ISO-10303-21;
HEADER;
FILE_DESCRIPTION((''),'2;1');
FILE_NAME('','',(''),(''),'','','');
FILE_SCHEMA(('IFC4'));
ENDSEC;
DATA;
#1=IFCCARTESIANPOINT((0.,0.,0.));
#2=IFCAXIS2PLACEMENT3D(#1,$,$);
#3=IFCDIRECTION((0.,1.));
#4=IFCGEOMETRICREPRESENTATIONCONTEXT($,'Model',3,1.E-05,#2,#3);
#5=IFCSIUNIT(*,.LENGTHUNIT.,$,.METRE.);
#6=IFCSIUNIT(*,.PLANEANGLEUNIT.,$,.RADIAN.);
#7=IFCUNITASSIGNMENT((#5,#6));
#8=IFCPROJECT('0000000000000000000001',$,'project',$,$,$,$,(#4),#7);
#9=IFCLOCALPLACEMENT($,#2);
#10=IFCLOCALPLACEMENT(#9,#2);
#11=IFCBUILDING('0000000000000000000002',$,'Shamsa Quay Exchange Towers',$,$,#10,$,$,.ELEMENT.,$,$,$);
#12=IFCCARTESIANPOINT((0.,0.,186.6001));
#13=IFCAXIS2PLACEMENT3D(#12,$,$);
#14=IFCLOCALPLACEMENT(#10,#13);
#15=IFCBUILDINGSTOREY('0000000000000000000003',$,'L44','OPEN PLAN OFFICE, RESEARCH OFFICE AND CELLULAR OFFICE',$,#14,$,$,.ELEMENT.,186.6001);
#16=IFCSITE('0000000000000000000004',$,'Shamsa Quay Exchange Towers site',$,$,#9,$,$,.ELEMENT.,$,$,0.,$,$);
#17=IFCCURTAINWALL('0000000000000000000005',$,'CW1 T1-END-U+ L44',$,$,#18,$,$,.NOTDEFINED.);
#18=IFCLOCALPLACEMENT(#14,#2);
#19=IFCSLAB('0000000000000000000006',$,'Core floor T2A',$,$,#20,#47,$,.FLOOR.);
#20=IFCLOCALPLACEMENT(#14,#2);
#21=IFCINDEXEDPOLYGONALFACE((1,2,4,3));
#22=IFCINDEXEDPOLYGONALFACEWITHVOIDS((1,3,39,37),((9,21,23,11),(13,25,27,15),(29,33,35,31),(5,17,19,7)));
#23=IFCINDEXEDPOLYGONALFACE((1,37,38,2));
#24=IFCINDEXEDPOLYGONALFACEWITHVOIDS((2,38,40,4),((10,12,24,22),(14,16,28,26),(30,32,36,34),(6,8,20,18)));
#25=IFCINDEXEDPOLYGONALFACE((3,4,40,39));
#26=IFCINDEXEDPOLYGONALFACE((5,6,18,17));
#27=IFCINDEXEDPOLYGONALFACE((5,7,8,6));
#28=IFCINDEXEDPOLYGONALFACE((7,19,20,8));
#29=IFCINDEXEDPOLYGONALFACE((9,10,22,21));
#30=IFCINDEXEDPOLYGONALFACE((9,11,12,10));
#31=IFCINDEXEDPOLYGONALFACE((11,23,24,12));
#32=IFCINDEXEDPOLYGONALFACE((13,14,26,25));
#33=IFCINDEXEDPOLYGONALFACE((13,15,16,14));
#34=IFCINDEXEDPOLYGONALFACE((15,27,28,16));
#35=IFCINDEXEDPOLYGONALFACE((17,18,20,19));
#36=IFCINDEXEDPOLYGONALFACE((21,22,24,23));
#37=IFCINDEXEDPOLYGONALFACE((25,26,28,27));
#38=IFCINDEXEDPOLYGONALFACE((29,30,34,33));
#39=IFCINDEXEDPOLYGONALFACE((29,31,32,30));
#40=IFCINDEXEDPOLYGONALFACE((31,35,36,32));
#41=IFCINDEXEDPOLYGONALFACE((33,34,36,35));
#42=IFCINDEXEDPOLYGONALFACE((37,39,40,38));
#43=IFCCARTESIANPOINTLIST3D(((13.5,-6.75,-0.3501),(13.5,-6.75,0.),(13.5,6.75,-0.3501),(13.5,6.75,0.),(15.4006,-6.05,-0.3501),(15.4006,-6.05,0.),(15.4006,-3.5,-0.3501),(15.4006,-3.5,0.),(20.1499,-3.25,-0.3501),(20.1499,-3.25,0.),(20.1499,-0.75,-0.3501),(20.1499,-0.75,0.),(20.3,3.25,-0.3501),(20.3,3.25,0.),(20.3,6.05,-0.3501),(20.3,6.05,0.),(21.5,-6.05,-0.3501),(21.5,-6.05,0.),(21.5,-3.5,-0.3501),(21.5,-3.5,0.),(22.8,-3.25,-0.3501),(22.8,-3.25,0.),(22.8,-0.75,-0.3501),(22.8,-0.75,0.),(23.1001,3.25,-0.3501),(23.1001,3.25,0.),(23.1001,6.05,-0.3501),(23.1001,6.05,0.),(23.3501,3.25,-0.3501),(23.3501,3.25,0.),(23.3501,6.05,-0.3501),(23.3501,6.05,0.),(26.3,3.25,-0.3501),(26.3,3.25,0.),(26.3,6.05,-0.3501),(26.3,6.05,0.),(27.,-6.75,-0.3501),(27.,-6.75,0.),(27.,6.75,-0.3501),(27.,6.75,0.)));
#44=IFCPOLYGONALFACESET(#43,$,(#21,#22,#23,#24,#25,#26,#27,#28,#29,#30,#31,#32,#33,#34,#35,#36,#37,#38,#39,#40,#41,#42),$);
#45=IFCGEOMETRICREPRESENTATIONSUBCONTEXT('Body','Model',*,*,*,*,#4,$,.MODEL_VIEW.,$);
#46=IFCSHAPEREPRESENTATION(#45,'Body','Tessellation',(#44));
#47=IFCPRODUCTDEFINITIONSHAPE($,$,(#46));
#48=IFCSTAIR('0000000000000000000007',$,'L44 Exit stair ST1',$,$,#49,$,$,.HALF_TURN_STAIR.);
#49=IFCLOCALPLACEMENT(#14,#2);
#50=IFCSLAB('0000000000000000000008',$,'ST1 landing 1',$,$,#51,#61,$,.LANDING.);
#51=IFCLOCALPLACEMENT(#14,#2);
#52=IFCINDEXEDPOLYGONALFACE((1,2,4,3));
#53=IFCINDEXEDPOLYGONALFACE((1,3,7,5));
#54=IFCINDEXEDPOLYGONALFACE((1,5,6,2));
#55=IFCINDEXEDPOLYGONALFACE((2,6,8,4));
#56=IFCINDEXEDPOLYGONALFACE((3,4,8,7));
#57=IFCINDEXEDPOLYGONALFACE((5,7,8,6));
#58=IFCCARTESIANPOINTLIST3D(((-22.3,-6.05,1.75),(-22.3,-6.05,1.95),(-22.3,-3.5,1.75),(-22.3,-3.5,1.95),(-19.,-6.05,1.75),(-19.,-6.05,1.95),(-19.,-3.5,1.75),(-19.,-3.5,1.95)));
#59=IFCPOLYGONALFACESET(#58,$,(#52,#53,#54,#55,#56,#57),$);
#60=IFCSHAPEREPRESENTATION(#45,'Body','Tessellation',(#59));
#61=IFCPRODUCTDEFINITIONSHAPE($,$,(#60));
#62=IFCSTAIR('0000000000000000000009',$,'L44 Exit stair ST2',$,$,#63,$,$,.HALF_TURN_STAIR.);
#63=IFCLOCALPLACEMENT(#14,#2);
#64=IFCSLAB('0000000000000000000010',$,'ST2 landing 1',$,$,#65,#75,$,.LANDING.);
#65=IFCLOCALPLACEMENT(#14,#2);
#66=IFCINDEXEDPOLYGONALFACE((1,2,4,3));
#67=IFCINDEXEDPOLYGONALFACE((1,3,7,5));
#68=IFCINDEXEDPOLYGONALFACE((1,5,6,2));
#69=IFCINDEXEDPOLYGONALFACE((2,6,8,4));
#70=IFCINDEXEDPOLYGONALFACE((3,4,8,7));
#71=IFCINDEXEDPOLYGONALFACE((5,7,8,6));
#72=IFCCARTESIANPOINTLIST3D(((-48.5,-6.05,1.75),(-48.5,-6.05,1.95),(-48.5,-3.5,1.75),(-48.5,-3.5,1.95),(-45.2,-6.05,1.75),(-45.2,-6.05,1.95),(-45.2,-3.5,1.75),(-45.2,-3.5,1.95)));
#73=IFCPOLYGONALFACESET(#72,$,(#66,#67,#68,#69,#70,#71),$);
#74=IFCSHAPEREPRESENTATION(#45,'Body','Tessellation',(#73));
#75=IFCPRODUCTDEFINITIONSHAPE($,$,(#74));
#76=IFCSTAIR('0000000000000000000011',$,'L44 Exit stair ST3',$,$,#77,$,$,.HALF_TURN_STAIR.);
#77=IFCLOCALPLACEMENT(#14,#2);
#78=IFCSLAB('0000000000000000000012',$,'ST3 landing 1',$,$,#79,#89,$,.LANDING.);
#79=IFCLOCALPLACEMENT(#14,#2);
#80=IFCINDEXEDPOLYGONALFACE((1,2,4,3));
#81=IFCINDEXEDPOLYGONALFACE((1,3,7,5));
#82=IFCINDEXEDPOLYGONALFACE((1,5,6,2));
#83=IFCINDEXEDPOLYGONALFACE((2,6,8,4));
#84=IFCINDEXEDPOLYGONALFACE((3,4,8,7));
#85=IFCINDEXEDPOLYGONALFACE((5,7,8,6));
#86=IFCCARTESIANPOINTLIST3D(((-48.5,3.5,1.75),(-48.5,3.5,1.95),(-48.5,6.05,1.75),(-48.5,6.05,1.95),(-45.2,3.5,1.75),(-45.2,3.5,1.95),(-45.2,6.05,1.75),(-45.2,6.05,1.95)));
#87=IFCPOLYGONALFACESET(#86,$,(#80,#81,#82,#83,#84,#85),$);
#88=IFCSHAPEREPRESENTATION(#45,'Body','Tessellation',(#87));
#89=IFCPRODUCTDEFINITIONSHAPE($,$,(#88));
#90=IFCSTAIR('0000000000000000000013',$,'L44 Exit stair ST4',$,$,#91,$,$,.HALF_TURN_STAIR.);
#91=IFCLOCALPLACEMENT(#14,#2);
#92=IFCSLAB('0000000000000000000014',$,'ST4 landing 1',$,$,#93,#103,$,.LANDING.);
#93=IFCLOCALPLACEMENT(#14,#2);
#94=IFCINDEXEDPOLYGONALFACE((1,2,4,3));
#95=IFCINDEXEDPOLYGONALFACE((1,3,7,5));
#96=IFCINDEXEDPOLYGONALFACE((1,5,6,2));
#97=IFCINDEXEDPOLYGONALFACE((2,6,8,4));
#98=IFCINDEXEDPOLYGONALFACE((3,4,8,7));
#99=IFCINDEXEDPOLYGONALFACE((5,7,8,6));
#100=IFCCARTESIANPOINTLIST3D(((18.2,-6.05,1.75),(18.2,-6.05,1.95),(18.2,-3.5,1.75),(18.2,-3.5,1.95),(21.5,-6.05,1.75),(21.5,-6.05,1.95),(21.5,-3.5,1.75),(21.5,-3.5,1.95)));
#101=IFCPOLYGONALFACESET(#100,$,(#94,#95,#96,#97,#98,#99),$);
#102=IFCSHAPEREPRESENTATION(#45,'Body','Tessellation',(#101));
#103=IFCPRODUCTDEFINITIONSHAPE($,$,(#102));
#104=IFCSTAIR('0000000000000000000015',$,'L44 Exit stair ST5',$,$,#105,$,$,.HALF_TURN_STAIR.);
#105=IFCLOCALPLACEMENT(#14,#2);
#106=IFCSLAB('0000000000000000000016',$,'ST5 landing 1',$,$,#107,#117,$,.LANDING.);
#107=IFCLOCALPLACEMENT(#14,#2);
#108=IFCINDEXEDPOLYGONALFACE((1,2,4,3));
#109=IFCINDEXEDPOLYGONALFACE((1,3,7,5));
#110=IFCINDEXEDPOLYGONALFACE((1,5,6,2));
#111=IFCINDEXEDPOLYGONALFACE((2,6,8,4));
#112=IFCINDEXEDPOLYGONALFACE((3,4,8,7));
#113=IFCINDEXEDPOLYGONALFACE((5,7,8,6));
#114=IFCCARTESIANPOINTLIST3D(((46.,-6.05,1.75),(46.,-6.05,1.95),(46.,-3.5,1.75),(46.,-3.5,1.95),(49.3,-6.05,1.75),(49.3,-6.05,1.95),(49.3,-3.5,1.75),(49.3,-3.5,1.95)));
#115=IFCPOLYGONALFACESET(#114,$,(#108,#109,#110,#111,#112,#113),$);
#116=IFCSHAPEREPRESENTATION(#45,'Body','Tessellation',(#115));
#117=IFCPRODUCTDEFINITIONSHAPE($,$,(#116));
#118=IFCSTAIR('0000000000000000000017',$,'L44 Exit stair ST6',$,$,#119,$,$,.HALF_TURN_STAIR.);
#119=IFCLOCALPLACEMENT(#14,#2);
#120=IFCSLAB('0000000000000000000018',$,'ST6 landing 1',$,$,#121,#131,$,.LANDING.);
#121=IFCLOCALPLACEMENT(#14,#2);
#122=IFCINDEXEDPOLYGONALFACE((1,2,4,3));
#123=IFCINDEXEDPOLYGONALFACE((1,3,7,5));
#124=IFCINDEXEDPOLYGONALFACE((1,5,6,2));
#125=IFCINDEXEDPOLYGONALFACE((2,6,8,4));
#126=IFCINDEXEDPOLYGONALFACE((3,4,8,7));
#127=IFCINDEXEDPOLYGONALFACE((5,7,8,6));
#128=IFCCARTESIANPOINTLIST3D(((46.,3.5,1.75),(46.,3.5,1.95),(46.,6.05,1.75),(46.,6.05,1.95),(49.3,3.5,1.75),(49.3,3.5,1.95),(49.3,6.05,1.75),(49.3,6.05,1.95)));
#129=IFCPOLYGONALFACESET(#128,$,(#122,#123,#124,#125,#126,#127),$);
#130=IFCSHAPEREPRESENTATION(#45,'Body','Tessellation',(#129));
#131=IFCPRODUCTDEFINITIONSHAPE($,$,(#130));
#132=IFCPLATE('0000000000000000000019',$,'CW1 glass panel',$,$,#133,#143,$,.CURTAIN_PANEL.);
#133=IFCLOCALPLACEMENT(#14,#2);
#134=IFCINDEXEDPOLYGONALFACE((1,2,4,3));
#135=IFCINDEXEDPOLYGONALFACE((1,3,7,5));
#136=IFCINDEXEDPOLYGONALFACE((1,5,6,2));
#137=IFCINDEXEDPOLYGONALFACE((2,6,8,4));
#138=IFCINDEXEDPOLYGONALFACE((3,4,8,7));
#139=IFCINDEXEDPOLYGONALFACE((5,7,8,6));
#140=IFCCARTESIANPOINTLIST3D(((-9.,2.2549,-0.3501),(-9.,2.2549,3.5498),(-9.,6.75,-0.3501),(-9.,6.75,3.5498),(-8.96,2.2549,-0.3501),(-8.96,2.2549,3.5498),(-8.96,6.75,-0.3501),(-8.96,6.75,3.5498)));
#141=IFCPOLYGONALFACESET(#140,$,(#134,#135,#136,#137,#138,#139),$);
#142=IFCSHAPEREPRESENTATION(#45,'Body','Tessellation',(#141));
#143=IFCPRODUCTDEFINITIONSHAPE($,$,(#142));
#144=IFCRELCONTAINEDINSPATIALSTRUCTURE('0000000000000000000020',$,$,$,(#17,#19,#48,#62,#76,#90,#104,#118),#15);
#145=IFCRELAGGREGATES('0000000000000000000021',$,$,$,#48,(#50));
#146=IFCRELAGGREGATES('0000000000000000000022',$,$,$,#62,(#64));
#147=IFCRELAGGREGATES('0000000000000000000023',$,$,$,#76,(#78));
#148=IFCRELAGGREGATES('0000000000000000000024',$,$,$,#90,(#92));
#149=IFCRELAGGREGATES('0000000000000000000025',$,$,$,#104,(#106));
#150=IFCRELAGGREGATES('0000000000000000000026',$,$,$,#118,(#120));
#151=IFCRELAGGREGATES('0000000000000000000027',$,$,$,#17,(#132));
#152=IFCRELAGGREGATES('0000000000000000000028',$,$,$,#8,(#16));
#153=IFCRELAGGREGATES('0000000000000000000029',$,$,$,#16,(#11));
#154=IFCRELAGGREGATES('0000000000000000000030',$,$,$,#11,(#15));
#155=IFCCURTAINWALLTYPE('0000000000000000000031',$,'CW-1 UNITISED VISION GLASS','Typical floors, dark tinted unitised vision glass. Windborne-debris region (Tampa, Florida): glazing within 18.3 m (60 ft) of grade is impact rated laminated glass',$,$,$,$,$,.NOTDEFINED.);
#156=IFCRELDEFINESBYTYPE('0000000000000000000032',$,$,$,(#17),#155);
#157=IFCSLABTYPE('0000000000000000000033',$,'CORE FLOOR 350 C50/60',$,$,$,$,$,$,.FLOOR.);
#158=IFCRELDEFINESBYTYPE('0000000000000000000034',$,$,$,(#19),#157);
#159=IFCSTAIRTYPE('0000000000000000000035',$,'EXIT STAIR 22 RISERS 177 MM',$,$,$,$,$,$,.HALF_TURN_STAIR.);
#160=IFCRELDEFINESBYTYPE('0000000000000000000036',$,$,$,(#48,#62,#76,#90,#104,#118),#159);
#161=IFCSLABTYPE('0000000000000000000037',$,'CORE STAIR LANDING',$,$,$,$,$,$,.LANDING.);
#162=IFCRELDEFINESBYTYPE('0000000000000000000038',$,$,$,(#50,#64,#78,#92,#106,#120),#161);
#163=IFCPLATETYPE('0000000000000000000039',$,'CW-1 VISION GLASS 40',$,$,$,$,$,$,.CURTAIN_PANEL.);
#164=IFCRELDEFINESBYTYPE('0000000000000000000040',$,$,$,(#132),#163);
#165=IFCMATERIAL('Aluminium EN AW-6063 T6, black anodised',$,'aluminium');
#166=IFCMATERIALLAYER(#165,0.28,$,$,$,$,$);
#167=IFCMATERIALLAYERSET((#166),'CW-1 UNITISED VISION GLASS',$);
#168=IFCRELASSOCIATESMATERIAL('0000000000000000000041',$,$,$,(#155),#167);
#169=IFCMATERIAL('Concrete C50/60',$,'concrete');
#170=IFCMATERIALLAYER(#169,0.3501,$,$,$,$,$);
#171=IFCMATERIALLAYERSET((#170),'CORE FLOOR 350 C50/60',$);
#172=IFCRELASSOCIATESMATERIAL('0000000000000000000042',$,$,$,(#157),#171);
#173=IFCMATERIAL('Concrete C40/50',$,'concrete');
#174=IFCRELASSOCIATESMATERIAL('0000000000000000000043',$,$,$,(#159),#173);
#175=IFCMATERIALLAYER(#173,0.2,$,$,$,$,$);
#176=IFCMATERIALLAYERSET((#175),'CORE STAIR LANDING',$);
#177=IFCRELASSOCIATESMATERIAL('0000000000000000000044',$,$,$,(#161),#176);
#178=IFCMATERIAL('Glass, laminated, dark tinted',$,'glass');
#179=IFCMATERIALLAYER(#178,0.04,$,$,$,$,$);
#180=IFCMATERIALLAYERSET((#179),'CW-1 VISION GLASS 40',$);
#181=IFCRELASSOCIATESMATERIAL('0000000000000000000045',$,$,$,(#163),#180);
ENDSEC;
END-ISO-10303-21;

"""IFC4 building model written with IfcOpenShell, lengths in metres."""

from ifc_helpers import new_model, si_unit, direction, frame, origin, origin_2d, place, context, subcontext, project, spatial, polyline, rectangle, outline, extrude, material, layer, layer_set, type_object, element, aggregate, save


model = new_model("IFC4")

# Units and contexts
model_context = context("Model", 3, precision=1e-05, world=origin(), true_north=direction((0.0, 1.0)))
body_context = subcontext(model_context, "Body", "Model", "MODEL_VIEW")
ifc_project = project(units=[si_unit("LENGTHUNIT", "METRE"), si_unit("PLANEANGLEUNIT", "RADIAN")], contexts=[model_context])

# Site, building, storey
site_placement = place(None, origin())
site = spatial("IfcSite", under=ifc_project, at=site_placement, Name="Shamsa Quay Exchange Towers site", CompositionType="ELEMENT", RefElevation=0.0)
building_placement = place(site_placement, origin())
building = spatial("IfcBuilding", under=site, at=building_placement, Name="Shamsa Quay Exchange Towers", CompositionType="ELEMENT")
storey_placement = place(building_placement, frame((0.0, 0.0, 186.6001)))
storey = spatial("IfcBuildingStorey", under=building, at=storey_placement, Name="L44", Description="OPEN PLAN OFFICE, RESEARCH OFFICE AND CELLULAR OFFICE", CompositionType="ELEMENT", Elevation=186.6001)

# Curtain wall
ifc_material_1 = material(Name="Aluminium EN AW-6063 T6, black anodised", Category="aluminium")
ifc_layer_1 = layer(ifc_material_1, 0.28)
ifc_layer_set_1 = layer_set([ifc_layer_1], Name="CW-1 UNITISED VISION GLASS")
curtain_wall_type = type_object("IfcCurtainWallType", Name="CW-1 UNITISED VISION GLASS", Description="Typical floors, dark tinted unitised vision glass. Windborne-debris region (Tampa, Florida): glazing within 18.3 m (60 ft) of grade is impact rated laminated glass", PredefinedType="NOTDEFINED", material=ifc_layer_set_1)
curtain_wall_placement = place(storey_placement, origin())
curtain_wall = element("IfcCurtainWall", 1, at=curtain_wall_placement, inside=storey, type_object=curtain_wall_type, Name="CW1 T1-END-U+ L44", PredefinedType="NOTDEFINED")

# Slab
ifc_material_2 = material(Name="Concrete C50/60", Category="concrete")
ifc_layer_2 = layer(ifc_material_2, 0.3501)
ifc_layer_set_2 = layer_set([ifc_layer_2], Name="CORE FLOOR 350 C50/60")
slab_type_1 = type_object("IfcSlabType", Name="CORE FLOOR 350 C50/60", PredefinedType="FLOOR", material=ifc_layer_set_2)
slab_1_placement = place(storey_placement, frame((0.0, 0.0, -0.3501)))
element("IfcSlab", 2, at=slab_1_placement, inside=storey, type_object=slab_type_1, Name="Core floor T2A", PredefinedType="FLOOR", context=body_context, shape_type="SweptSolid", body=[
    extrude(outline(polyline([(13.5, -6.75), (27.0, -6.75), (27.0, 6.75), (13.5, 6.75), (13.5, -6.75)]), holes=[polyline([(15.4006, -6.05), (15.4006, -3.5), (21.5, -3.5), (21.5, -6.05), (15.4006, -6.05)]), polyline([(20.3, 3.25), (20.3, 6.05), (23.1001, 6.05), (23.1001, 3.25), (20.3, 3.25)]), polyline([(23.3501, 3.25), (23.3501, 6.05), (26.3, 6.05), (26.3, 3.25), (23.3501, 3.25)]), polyline([(20.1499, -3.25), (20.1499, -0.75), (22.8, -0.75), (22.8, -3.25), (20.1499, -3.25)])]), origin(), (0.0, 0.0, 1.0), 0.3501),
])

# Stairs, slabs
ifc_material_3 = material(Name="Concrete C40/50", Category="concrete")
stair_type = type_object("IfcStairType", Name="EXIT STAIR 22 RISERS 177 MM", PredefinedType="HALF_TURN_STAIR", material=ifc_material_3)
stair_1_placement = place(storey_placement, origin())
stair_1 = element("IfcStair", 3, at=stair_1_placement, inside=storey, type_object=stair_type, Name="L44 Exit stair ST1", PredefinedType="HALF_TURN_STAIR")
ifc_layer_3 = layer(ifc_material_3, 0.2)
ifc_layer_set_3 = layer_set([ifc_layer_3], Name="CORE STAIR LANDING")
slab_type_2 = type_object("IfcSlabType", Name="CORE STAIR LANDING", PredefinedType="LANDING", material=ifc_layer_set_3)
slab_2_placement = place(storey_placement, frame((0.0, 0.0, 1.75)))
slab_2 = element("IfcSlab", 4, at=slab_2_placement, type_object=slab_type_2, Name="ST1 landing 1", PredefinedType="LANDING", context=body_context, shape_type="SweptSolid", body=[
    extrude(outline(polyline([(-22.3, -6.05), (-19.0, -6.05), (-19.0, -3.5), (-22.3, -3.5), (-22.3, -6.05)])), origin(), (0.0, 0.0, 1.0), 0.2),
])
aggregate(stair_1, [slab_2])
stair_2_placement = place(storey_placement, origin())
stair_2 = element("IfcStair", 5, at=stair_2_placement, inside=storey, type_object=stair_type, Name="L44 Exit stair ST2", PredefinedType="HALF_TURN_STAIR")
slab_3_placement = place(storey_placement, frame((0.0, 0.0, 1.75)))
slab_3 = element("IfcSlab", 6, at=slab_3_placement, type_object=slab_type_2, Name="ST2 landing 1", PredefinedType="LANDING", context=body_context, shape_type="SweptSolid", body=[
    extrude(outline(polyline([(-45.2, -3.5), (-48.5, -3.5), (-48.5, -6.05), (-45.2, -6.05), (-45.2, -3.5)])), origin(), (0.0, 0.0, 1.0), 0.2),
])
aggregate(stair_2, [slab_3])
stair_3_placement = place(storey_placement, origin())
stair_3 = element("IfcStair", 7, at=stair_3_placement, inside=storey, type_object=stair_type, Name="L44 Exit stair ST3", PredefinedType="HALF_TURN_STAIR")
slab_4_placement = place(storey_placement, frame((0.0, 0.0, 1.75)))
slab_4 = element("IfcSlab", 8, at=slab_4_placement, type_object=slab_type_2, Name="ST3 landing 1", PredefinedType="LANDING", context=body_context, shape_type="SweptSolid", body=[
    extrude(outline(polyline([(-45.2, 6.05), (-48.5, 6.05), (-48.5, 3.5), (-45.2, 3.5), (-45.2, 6.05)])), origin(), (0.0, 0.0, 1.0), 0.2),
])
aggregate(stair_3, [slab_4])
stair_4_placement = place(storey_placement, origin())
stair_4 = element("IfcStair", 9, at=stair_4_placement, inside=storey, type_object=stair_type, Name="L44 Exit stair ST4", PredefinedType="HALF_TURN_STAIR")
slab_5_placement = place(storey_placement, frame((0.0, 0.0, 1.75)))
slab_5 = element("IfcSlab", 10, at=slab_5_placement, type_object=slab_type_2, Name="ST4 landing 1", PredefinedType="LANDING", context=body_context, shape_type="SweptSolid", body=[
    extrude(outline(polyline([(18.2, -6.05), (21.5, -6.05), (21.5, -3.5), (18.2, -3.5), (18.2, -6.05)])), origin(), (0.0, 0.0, 1.0), 0.2),
])
aggregate(stair_4, [slab_5])
stair_5_placement = place(storey_placement, origin())
stair_5 = element("IfcStair", 11, at=stair_5_placement, inside=storey, type_object=stair_type, Name="L44 Exit stair ST5", PredefinedType="HALF_TURN_STAIR")
slab_6_placement = place(storey_placement, frame((0.0, 0.0, 1.75)))
slab_6 = element("IfcSlab", 12, at=slab_6_placement, type_object=slab_type_2, Name="ST5 landing 1", PredefinedType="LANDING", context=body_context, shape_type="SweptSolid", body=[
    extrude(outline(polyline([(49.3, -3.5), (46.0, -3.5), (46.0, -6.05), (49.3, -6.05), (49.3, -3.5)])), origin(), (0.0, 0.0, 1.0), 0.2),
])
aggregate(stair_5, [slab_6])
stair_6_placement = place(storey_placement, origin())
stair_6 = element("IfcStair", 13, at=stair_6_placement, inside=storey, type_object=stair_type, Name="L44 Exit stair ST6", PredefinedType="HALF_TURN_STAIR")
slab_7_placement = place(storey_placement, frame((0.0, 0.0, 1.75)))
slab_7 = element("IfcSlab", 14, at=slab_7_placement, type_object=slab_type_2, Name="ST6 landing 1", PredefinedType="LANDING", context=body_context, shape_type="SweptSolid", body=[
    extrude(outline(polyline([(49.3, 6.05), (46.0, 6.05), (46.0, 3.5), (49.3, 3.5), (49.3, 6.05)])), origin(), (0.0, 0.0, 1.0), 0.2),
])
aggregate(stair_6, [slab_7])

# Plate
ifc_material_4 = material(Name="Glass, laminated, dark tinted", Category="glass")
ifc_layer_4 = layer(ifc_material_4, 0.04)
ifc_layer_set_4 = layer_set([ifc_layer_4], Name="CW-1 VISION GLASS 40")
plate_type = type_object("IfcPlateType", Name="CW-1 VISION GLASS 40", PredefinedType="CURTAIN_PANEL", material=ifc_layer_set_4)
plate_placement = place(storey_placement, frame((-8.98, 4.5024, -0.3501), z_axis=(0.0, 0.0, 1.0), x_axis=(0.0, 1.0, 0.0)))
plate = element("IfcPlate", 15, at=plate_placement, type_object=plate_type, Name="CW1 glass panel", PredefinedType="CURTAIN_PANEL", context=body_context, shape_type="SweptSolid", body=[
    extrude(rectangle(XDim=4.4951, YDim=0.04, at=origin_2d()), origin(), (0.0, 0.0, 1.0), 3.8999),
])
aggregate(curtain_wall, [plate])

save(model, "model.ifc")
